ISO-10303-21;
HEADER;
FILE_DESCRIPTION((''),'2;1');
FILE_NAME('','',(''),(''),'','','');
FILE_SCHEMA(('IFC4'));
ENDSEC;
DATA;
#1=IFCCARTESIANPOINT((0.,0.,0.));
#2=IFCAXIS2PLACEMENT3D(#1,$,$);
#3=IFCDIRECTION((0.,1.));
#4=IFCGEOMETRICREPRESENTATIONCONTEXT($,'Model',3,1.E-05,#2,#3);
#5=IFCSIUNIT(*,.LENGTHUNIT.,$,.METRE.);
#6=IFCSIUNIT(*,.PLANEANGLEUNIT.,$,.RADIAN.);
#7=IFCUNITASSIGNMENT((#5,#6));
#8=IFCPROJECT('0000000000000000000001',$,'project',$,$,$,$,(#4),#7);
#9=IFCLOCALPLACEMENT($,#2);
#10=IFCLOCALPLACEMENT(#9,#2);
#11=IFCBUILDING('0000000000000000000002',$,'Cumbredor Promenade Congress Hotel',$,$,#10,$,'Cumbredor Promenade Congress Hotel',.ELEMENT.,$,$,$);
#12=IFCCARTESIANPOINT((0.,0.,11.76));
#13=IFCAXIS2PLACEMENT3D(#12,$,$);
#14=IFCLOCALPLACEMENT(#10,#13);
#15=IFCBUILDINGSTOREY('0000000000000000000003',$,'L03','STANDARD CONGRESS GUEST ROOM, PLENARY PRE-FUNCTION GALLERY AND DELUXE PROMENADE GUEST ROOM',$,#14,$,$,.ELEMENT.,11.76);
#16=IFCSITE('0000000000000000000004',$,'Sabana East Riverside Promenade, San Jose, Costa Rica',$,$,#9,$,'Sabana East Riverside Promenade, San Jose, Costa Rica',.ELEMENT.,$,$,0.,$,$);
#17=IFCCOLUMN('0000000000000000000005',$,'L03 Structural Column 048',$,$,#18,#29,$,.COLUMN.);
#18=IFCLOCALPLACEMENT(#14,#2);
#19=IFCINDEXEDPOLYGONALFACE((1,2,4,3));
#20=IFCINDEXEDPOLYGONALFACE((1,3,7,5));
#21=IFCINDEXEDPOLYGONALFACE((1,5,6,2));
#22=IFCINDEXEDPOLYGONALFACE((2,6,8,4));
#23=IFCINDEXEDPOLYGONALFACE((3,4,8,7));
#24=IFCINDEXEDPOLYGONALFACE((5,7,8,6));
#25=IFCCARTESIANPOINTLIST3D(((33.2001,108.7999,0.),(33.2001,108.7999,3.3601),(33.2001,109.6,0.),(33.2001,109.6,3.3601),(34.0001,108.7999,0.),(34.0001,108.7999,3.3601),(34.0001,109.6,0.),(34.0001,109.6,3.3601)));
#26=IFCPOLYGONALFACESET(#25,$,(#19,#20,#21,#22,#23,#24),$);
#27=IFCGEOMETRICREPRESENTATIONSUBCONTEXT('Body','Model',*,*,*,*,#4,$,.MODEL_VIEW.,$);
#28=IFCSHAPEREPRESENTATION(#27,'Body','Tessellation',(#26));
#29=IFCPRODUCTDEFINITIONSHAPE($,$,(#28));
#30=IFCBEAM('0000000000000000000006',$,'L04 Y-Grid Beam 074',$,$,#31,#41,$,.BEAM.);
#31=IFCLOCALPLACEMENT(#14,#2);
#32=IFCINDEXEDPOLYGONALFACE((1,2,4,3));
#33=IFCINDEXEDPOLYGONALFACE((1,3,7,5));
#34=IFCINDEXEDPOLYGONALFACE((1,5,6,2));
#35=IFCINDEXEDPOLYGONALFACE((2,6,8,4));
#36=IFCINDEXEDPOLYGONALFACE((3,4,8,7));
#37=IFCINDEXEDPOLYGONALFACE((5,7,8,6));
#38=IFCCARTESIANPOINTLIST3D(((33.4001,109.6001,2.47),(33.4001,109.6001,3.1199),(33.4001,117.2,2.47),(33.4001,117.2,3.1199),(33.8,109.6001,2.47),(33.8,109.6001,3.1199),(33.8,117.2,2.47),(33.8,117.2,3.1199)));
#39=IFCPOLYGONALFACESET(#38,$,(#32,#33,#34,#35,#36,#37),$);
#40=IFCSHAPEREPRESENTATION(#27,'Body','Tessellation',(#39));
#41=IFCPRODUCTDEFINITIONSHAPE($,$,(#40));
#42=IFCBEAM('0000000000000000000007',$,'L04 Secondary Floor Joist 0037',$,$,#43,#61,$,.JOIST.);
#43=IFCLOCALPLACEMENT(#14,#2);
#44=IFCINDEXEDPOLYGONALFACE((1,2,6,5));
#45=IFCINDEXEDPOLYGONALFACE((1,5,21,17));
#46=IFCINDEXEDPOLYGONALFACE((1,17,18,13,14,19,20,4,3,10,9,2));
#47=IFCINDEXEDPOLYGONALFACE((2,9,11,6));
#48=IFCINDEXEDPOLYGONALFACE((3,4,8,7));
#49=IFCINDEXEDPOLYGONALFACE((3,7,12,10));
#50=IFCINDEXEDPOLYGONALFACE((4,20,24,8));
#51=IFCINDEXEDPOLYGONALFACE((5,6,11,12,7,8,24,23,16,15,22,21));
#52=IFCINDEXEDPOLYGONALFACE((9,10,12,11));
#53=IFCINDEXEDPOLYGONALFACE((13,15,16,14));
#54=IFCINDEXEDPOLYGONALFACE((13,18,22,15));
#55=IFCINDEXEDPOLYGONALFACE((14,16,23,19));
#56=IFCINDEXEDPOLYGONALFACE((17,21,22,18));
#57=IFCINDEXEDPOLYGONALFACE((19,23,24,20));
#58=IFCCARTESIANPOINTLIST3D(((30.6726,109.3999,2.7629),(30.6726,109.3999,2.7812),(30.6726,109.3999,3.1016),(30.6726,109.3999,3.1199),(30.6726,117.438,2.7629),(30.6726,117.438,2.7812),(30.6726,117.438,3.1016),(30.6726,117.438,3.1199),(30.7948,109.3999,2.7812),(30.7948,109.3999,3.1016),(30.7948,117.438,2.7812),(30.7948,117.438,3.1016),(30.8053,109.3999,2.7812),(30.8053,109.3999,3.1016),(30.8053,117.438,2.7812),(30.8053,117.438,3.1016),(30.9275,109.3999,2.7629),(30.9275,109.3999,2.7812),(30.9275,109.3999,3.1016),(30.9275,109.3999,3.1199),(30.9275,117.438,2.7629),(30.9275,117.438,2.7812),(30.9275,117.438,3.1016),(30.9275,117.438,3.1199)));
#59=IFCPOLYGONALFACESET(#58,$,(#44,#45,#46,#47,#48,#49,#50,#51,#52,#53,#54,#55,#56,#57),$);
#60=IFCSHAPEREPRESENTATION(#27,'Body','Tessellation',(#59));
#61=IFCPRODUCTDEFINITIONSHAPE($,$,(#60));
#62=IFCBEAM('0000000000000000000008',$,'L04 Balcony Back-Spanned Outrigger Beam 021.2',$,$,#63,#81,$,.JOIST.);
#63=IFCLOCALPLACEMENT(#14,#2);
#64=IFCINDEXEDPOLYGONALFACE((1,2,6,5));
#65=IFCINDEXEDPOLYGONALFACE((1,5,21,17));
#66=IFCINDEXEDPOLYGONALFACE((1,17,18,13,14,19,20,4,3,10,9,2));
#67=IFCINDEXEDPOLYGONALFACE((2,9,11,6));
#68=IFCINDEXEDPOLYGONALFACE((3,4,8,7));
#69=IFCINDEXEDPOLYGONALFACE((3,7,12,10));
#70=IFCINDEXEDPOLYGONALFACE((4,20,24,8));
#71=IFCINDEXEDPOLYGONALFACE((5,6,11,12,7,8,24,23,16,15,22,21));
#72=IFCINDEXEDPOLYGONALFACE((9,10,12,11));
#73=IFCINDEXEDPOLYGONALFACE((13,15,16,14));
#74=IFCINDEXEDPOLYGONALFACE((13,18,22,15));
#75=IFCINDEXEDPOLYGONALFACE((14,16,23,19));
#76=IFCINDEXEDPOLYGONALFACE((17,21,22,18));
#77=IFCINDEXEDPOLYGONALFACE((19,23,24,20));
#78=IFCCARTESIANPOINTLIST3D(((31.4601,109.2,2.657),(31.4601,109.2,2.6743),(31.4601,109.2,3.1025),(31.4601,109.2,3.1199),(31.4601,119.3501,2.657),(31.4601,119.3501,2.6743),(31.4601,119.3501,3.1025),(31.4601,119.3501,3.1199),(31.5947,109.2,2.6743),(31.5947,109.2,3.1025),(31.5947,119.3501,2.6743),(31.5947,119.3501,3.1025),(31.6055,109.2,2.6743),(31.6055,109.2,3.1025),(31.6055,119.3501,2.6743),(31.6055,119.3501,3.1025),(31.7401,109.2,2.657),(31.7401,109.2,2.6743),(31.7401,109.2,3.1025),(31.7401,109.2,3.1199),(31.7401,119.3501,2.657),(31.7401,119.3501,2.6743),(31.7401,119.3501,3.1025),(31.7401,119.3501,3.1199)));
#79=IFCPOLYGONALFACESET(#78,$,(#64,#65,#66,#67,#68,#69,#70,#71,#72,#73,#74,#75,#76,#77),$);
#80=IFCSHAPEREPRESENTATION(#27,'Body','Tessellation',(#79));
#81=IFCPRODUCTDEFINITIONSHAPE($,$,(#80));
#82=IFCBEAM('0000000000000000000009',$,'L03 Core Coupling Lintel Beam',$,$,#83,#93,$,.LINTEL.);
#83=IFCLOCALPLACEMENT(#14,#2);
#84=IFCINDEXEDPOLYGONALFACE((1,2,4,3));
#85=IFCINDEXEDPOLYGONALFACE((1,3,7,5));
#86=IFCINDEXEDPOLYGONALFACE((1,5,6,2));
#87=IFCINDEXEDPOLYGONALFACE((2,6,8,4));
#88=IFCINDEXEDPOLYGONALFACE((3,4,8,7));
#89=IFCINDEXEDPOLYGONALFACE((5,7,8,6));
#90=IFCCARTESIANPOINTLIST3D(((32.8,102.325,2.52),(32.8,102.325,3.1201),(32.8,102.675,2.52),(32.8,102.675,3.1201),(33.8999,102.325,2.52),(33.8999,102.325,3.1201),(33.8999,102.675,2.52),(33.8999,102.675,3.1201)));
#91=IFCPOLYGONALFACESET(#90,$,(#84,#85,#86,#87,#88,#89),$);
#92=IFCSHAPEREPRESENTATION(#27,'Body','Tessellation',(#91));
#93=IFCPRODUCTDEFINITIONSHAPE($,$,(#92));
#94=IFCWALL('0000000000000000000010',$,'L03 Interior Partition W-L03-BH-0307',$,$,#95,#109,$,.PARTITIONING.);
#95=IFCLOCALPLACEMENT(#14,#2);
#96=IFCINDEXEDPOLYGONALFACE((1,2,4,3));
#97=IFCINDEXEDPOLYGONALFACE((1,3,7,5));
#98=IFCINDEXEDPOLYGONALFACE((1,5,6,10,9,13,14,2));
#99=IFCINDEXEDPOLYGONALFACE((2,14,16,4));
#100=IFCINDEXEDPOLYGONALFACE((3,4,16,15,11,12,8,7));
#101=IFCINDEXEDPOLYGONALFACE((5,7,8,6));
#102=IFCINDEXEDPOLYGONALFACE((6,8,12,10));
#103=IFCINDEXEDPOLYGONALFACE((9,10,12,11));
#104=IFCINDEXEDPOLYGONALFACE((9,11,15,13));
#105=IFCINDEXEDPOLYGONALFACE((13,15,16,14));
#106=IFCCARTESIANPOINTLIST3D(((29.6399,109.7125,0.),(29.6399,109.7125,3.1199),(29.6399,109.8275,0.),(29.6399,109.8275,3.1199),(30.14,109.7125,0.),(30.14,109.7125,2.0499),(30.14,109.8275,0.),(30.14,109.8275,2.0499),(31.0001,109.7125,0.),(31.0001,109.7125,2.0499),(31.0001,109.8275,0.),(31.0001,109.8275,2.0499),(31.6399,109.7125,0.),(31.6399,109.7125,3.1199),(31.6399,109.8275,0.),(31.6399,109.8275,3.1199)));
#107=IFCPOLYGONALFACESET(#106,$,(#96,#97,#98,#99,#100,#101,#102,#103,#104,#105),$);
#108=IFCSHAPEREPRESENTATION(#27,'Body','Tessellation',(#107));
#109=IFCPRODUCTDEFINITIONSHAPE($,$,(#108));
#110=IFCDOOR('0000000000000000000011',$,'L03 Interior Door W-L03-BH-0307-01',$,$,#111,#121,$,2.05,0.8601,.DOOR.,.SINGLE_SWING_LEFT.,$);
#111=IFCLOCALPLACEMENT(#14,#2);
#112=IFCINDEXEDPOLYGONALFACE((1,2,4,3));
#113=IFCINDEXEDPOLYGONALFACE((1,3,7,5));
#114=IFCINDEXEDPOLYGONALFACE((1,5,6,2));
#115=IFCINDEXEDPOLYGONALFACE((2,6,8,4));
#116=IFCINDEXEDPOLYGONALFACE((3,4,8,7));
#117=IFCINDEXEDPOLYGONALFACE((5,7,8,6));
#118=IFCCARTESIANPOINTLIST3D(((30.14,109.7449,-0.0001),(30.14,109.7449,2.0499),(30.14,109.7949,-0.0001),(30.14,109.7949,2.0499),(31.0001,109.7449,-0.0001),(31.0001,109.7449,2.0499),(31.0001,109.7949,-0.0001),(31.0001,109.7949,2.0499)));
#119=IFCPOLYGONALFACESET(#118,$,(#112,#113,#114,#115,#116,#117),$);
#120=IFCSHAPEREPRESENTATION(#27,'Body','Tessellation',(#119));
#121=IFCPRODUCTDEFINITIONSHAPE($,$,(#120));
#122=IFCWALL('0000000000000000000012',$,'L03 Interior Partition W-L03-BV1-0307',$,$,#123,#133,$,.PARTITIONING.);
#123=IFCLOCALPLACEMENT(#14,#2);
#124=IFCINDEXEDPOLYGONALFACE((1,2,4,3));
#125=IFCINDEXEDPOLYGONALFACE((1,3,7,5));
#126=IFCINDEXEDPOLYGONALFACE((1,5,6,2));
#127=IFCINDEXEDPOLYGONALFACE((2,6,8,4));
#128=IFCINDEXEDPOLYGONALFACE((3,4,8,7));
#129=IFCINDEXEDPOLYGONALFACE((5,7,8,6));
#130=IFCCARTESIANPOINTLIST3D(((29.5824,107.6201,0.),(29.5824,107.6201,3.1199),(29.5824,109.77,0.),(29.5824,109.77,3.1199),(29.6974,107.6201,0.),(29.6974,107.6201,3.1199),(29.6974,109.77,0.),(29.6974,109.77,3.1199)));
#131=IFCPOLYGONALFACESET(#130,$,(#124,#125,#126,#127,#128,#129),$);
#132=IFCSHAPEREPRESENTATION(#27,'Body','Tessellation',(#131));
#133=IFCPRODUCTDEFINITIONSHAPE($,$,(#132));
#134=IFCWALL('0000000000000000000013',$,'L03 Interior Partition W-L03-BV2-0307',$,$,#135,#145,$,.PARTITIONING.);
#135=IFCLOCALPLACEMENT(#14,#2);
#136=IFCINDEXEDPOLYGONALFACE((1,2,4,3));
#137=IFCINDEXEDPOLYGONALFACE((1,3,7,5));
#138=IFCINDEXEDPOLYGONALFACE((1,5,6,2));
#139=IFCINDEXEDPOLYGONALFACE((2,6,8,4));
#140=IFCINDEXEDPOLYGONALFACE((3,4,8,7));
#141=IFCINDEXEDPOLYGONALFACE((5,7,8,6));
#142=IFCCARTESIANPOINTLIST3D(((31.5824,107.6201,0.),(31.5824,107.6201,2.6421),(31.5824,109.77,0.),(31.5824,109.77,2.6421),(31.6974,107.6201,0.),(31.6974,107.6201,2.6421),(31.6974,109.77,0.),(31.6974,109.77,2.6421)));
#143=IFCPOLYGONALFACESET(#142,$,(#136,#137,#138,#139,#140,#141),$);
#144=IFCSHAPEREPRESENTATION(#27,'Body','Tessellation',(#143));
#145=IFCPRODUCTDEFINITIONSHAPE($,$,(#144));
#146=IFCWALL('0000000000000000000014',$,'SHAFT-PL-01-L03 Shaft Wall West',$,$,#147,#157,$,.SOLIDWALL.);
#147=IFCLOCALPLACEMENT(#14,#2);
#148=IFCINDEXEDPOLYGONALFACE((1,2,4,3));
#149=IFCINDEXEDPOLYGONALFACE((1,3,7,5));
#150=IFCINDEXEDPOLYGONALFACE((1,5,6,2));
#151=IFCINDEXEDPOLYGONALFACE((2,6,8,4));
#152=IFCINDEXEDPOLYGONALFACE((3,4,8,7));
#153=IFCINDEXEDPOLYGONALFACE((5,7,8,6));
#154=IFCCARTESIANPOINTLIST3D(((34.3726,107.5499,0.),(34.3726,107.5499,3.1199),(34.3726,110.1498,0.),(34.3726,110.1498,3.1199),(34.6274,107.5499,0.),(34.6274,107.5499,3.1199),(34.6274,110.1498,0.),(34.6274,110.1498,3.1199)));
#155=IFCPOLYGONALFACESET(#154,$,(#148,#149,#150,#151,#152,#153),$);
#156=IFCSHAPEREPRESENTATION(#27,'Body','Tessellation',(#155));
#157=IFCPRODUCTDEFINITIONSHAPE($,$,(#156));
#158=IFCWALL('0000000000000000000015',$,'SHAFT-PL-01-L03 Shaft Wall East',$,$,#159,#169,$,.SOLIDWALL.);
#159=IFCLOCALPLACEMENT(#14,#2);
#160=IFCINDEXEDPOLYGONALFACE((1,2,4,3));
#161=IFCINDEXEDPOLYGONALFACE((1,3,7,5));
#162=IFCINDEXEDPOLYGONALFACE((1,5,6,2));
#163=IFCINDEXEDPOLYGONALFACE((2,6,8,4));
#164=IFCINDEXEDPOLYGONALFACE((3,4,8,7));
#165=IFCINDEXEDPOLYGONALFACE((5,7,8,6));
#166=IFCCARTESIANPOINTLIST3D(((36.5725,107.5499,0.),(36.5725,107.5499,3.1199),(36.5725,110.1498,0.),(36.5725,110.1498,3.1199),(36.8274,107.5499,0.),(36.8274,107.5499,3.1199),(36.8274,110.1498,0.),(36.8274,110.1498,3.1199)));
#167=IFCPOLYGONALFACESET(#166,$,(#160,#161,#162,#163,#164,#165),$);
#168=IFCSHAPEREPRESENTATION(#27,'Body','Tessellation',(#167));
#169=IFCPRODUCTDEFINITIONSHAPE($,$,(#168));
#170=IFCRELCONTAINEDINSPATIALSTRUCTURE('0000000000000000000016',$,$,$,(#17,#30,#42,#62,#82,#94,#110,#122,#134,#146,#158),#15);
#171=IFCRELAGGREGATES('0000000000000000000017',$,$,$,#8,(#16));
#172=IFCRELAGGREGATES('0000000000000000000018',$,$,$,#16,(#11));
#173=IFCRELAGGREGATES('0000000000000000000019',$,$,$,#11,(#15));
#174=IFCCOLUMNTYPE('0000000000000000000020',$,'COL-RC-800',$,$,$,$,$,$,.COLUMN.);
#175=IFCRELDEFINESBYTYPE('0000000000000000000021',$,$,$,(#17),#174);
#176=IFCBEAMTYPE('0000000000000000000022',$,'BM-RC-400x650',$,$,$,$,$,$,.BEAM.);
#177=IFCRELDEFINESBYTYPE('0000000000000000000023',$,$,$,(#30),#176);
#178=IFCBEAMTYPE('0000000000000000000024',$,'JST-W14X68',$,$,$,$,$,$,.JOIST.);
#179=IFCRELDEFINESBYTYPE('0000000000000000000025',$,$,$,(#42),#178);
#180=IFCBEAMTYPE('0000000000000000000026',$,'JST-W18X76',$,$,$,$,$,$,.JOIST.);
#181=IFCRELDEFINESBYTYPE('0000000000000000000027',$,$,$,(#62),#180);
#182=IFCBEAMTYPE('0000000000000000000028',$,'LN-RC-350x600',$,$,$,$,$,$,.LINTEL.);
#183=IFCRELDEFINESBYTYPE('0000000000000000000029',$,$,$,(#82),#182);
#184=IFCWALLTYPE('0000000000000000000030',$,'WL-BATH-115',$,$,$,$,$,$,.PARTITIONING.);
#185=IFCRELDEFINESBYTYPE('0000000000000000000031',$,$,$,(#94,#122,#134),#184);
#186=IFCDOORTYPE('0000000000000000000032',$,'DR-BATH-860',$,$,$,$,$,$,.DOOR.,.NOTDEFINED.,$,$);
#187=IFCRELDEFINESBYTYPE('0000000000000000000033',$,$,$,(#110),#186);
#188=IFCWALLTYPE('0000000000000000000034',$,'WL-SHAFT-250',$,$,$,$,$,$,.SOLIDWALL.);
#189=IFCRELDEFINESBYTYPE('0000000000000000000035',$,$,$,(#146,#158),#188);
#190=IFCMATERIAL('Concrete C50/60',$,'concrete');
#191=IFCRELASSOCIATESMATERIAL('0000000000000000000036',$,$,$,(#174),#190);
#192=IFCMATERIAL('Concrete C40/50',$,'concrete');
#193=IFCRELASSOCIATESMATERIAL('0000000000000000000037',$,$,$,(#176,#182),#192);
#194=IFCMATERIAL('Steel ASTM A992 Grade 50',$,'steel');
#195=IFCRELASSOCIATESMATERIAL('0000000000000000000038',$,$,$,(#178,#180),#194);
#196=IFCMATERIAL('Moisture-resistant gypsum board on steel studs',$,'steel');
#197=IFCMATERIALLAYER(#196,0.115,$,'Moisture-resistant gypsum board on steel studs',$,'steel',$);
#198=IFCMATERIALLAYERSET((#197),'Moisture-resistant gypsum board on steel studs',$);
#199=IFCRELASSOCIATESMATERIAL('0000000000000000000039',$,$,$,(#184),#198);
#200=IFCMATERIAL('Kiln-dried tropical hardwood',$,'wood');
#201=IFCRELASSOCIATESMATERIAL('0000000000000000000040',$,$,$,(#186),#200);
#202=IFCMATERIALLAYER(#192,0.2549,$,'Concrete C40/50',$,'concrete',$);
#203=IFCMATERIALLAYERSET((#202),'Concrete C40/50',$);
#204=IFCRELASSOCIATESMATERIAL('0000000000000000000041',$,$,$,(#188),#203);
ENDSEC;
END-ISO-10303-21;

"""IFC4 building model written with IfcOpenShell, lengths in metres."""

from ifc_helpers import new_model, si_unit, direction, frame, frame_2d, origin, origin_2d, place, context, subcontext, project, spatial, rectangle, i_section, extrude, material, layer, layer_set, material_profile, profile_set, type_object, element, fill, save


model = new_model("IFC4")

# Units and contexts
model_context = context("Model", 3, precision=1e-05, world=origin(), true_north=direction((0.0, 1.0)))
body_context = subcontext(model_context, "Body", "Model", "MODEL_VIEW")
ifc_project = project(units=[si_unit("LENGTHUNIT", "METRE"), si_unit("PLANEANGLEUNIT", "RADIAN")], contexts=[model_context])

# Site, building, storey
site_placement = place(None, origin())
site = spatial("IfcSite", under=ifc_project, at=site_placement, Name="Sabana East Riverside Promenade, San Jose, Costa Rica", LongName="Sabana East Riverside Promenade, San Jose, Costa Rica", CompositionType="ELEMENT", RefElevation=0.0)
building_placement = place(site_placement, origin())
building = spatial("IfcBuilding", under=site, at=building_placement, Name="Cumbredor Promenade Congress Hotel", LongName="Cumbredor Promenade Congress Hotel", CompositionType="ELEMENT")
storey_placement = place(building_placement, frame((0.0, 0.0, 11.76)))
storey = spatial("IfcBuildingStorey", under=building, at=storey_placement, Name="L03", Description="STANDARD CONGRESS GUEST ROOM, PLENARY PRE-FUNCTION GALLERY AND DELUXE PROMENADE GUEST ROOM", CompositionType="ELEMENT", Elevation=11.76)

# Column
ifc_material_1 = material(Name="Concrete C50/60", Category="concrete")
ifc_material_profile_1 = material_profile(ifc_material_1, rectangle(XDim=0.8, YDim=0.8, at=origin_2d()), Name="RC 800x800")
ifc_profile_set_1 = profile_set([ifc_material_profile_1], Name="Concrete C50/60")
column_type = type_object("IfcColumnType", Name="COL-RC-800", PredefinedType="COLUMN", material=ifc_profile_set_1)
column_placement = place(storey_placement, frame((33.6001, 109.2, 0.0), z_axis=(0.0, 0.0, 1.0), x_axis=(1.0, 0.0, 0.0)))
element("IfcColumn", 1, at=column_placement, inside=storey, type_object=column_type, Name="L03 Structural Column 048", PredefinedType="COLUMN", context=body_context, shape_type="SweptSolid", body=[
    extrude(rectangle(XDim=0.8, YDim=0.8, at=origin_2d()), origin(), (0.0, 0.0, 1.0), 3.3601),
])

# Beams
ifc_material_2 = material(Name="Concrete C40/50", Category="concrete")
ifc_material_profile_2 = material_profile(ifc_material_2, rectangle(XDim=0.3999, YDim=0.6499, at=origin_2d()), Name="RC BEAM 400x650")
ifc_profile_set_2 = profile_set([ifc_material_profile_2], Name="Concrete C40/50")
beam_type_1 = type_object("IfcBeamType", Name="BM-RC-400x650", PredefinedType="BEAM", material=ifc_profile_set_2)
beam_1_placement = place(storey_placement, frame((33.6001, 109.6001, 2.7949), z_axis=(0.0, 1.0, 0.0), x_axis=(-1.0, 0.0, 0.0)))
element("IfcBeam", 2, at=beam_1_placement, inside=storey, type_object=beam_type_1, Name="L04 Y-Grid Beam 074", PredefinedType="BEAM", context=body_context, shape_type="SweptSolid", body=[
    extrude(rectangle(XDim=0.3999, YDim=0.6499, at=origin_2d()), origin(), (0.0, 0.0, 1.0), 7.5999),
])
ifc_material_3 = material(Name="Steel ASTM A992 Grade 50", Category="steel")
ifc_material_profile_3 = material_profile(ifc_material_3, i_section(OverallWidth=0.2549, OverallDepth=0.3569, WebThickness=0.0105, FlangeThickness=0.0183, at=origin_2d()), Name="W14X68")
ifc_profile_set_3 = profile_set([ifc_material_profile_3], Name="Steel ASTM A992 Grade 50")
beam_type_2 = type_object("IfcBeamType", Name="JST-W14X68", PredefinedType="JOIST", material=ifc_profile_set_3)
beam_2_placement = place(storey_placement, frame((30.8, 109.3999, 2.9414), z_axis=(0.0, 1.0, 0.0), x_axis=(-1.0, 0.0, 0.0)))
element("IfcBeam", 3, at=beam_2_placement, inside=storey, type_object=beam_type_2, Name="L04 Secondary Floor Joist 0037", PredefinedType="JOIST", context=body_context, shape_type="SweptSolid", body=[
    extrude(i_section(OverallWidth=0.2549, OverallDepth=0.3569, WebThickness=0.0105, FlangeThickness=0.0183, at=origin_2d()), origin(), (0.0, 0.0, 1.0), 8.0381),
])
ifc_material_profile_4 = material_profile(ifc_material_3, i_section(OverallWidth=0.28, OverallDepth=0.4629, WebThickness=0.0107, FlangeThickness=0.0173, at=origin_2d()), Name="W18X76")
ifc_profile_set_4 = profile_set([ifc_material_profile_4], Name="Steel ASTM A992 Grade 50")
beam_type_3 = type_object("IfcBeamType", Name="JST-W18X76", PredefinedType="JOIST", material=ifc_profile_set_4)
beam_3_placement = place(storey_placement, frame((31.6001, 109.2, 2.8884), z_axis=(0.0, 1.0, 0.0), x_axis=(-1.0, 0.0, 0.0)))
element("IfcBeam", 4, at=beam_3_placement, inside=storey, type_object=beam_type_3, Name="L04 Balcony Back-Spanned Outrigger Beam 021.2", PredefinedType="JOIST", context=body_context, shape_type="SweptSolid", body=[
    extrude(i_section(OverallWidth=0.28, OverallDepth=0.4629, WebThickness=0.0107, FlangeThickness=0.0173, at=origin_2d()), origin(), (0.0, 0.0, 1.0), 10.1501),
])
ifc_material_profile_5 = material_profile(ifc_material_2, rectangle(XDim=0.3501, YDim=0.6001, at=origin_2d()), Name="RC LINTEL 350x600")
ifc_profile_set_5 = profile_set([ifc_material_profile_5], Name="Concrete C40/50")
beam_type_4 = type_object("IfcBeamType", Name="LN-RC-350x600", PredefinedType="LINTEL", material=ifc_profile_set_5)
beam_4_placement = place(storey_placement, frame((32.8, 102.5, 2.8201), z_axis=(1.0, 0.0, 0.0), x_axis=(0.0, 1.0, 0.0)))
element("IfcBeam", 5, at=beam_4_placement, inside=storey, type_object=beam_type_4, Name="L03 Core Coupling Lintel Beam", PredefinedType="LINTEL", context=body_context, shape_type="SweptSolid", body=[
    extrude(rectangle(XDim=0.3501, YDim=0.6001, at=origin_2d()), origin(), (0.0, 0.0, 1.0), 1.0999),
])

# Wall, opening, door
ifc_material_4 = material(Name="Moisture-resistant gypsum board on steel studs", Category="steel")
ifc_layer_1 = layer(ifc_material_4, 0.115, Name="Moisture-resistant gypsum board on steel studs", Category="steel")
ifc_layer_set_1 = layer_set([ifc_layer_1], Name="Moisture-resistant gypsum board on steel studs")
wall_type_1 = type_object("IfcWallType", Name="WL-BATH-115", PredefinedType="PARTITIONING", material=ifc_layer_set_1)
wall_1_placement = place(storey_placement, frame((29.6399, 109.77, 0.0), z_axis=(0.0, 0.0, 1.0), x_axis=(1.0, 0.0, 0.0)))
wall_1 = element("IfcWall", 6, at=wall_1_placement, inside=storey, type_object=wall_type_1, Name="L03 Interior Partition W-L03-BH-0307", PredefinedType="PARTITIONING", context=body_context, shape_type="SweptSolid", body=[
    extrude(rectangle(XDim=2.0, YDim=0.115, at=frame_2d((1.0, 0.0))), origin(), (0.0, 0.0, 1.0), 3.1199),
])
opening_1_placement = place(wall_1_placement, frame((0.5, 0.0, 0.0)))
opening_1 = element("IfcOpeningElement", 7, at=opening_1_placement, cuts=wall_1, PredefinedType="OPENING", context=body_context, shape_type="SweptSolid", body=[
    extrude(rectangle(XDim=0.8601, YDim=2.05, at=frame_2d((0.4302, 1.0249))), frame((0.0, 0.0674, 0.0), z_axis=(0.0, -1.0, 0.0), x_axis=(1.0, 0.0, 0.0)), (0.0, 0.0, 1.0), 0.135),
])
ifc_material_5 = material(Name="Kiln-dried tropical hardwood", Category="wood")
door_type_1 = type_object("IfcDoorType", Name="DR-BATH-860", OperationType="NOTDEFINED", PredefinedType="DOOR", material=ifc_material_5)
door_1_placement = place(opening_1_placement, origin())
door_1 = element("IfcDoor", 8, at=door_1_placement, inside=storey, type_object=door_type_1, Name="L03 Interior Door W-L03-BH-0307-01", OperationType="SINGLE_SWING_LEFT", OverallHeight=2.05, OverallWidth=0.8601, PredefinedType="DOOR", context=body_context, shape_type="SweptSolid", body=[
    extrude(rectangle(XDim=0.8601, YDim=2.05, at=frame_2d((0.4302, 1.0249))), frame((0.0, 0.0249, 0.0), z_axis=(0.0, -1.0, 0.0), x_axis=(1.0, 0.0, 0.0)), (0.0, 0.0, 1.0), 0.05),
])
fill(opening_1, door_1)

# Walls
wall_2_placement = place(storey_placement, frame((29.6399, 107.6201, 0.0), z_axis=(0.0, 0.0, 1.0), x_axis=(0.0, 1.0, 0.0)))
element("IfcWall", 9, at=wall_2_placement, inside=storey, type_object=wall_type_1, Name="L03 Interior Partition W-L03-BV1-0307", PredefinedType="PARTITIONING", context=body_context, shape_type="SweptSolid", body=[
    extrude(rectangle(XDim=2.1499, YDim=0.115, at=frame_2d((1.075, 0.0))), origin(), (0.0, 0.0, 1.0), 3.1199),
])
wall_3_placement = place(storey_placement, frame((31.6399, 107.6201, 0.0), z_axis=(0.0, 0.0, 1.0), x_axis=(0.0, 1.0, 0.0)))
element("IfcWall", 10, at=wall_3_placement, inside=storey, type_object=wall_type_1, Name="L03 Interior Partition W-L03-BV2-0307", PredefinedType="PARTITIONING", context=body_context, shape_type="SweptSolid", body=[
    extrude(rectangle(XDim=2.1499, YDim=0.115, at=frame_2d((1.075, 0.0))), origin(), (0.0, 0.0, 1.0), 2.6421),
])

# Shared definitions
ifc_layer_2 = layer(ifc_material_2, 0.2549, Name="Concrete C40/50", Category="concrete")
ifc_layer_set_2 = layer_set([ifc_layer_2], Name="Concrete C40/50")
wall_type_2 = type_object("IfcWallType", Name="WL-SHAFT-250", PredefinedType="SOLIDWALL", material=ifc_layer_set_2)

# Walls
for number, where, z_axis, x_axis, name in (
    (11, (34.5, 107.55, 0.0), (0.0, 0.0, 1.0), (0.0, 1.0, 0.0), "SHAFT-PL-01-L03 Shaft Wall West"),
    (12, (36.7, 107.55, 0.0), (0.0, 0.0, 1.0), (0.0, 1.0, 0.0), "SHAFT-PL-01-L03 Shaft Wall East"),
):
    element("IfcWall", number, at=place(storey_placement, frame(where, z_axis=z_axis, x_axis=x_axis)), inside=storey, type_object=wall_type_2, Name=name, PredefinedType="SOLIDWALL", context=body_context, shape_type="SweptSolid", body=[
        extrude(rectangle(XDim=2.5999, YDim=0.2549, at=frame_2d((1.2998, 0.0))), origin(), (0.0, 0.0, 1.0), 3.1199),
    ])

save(model, "model.ifc")
